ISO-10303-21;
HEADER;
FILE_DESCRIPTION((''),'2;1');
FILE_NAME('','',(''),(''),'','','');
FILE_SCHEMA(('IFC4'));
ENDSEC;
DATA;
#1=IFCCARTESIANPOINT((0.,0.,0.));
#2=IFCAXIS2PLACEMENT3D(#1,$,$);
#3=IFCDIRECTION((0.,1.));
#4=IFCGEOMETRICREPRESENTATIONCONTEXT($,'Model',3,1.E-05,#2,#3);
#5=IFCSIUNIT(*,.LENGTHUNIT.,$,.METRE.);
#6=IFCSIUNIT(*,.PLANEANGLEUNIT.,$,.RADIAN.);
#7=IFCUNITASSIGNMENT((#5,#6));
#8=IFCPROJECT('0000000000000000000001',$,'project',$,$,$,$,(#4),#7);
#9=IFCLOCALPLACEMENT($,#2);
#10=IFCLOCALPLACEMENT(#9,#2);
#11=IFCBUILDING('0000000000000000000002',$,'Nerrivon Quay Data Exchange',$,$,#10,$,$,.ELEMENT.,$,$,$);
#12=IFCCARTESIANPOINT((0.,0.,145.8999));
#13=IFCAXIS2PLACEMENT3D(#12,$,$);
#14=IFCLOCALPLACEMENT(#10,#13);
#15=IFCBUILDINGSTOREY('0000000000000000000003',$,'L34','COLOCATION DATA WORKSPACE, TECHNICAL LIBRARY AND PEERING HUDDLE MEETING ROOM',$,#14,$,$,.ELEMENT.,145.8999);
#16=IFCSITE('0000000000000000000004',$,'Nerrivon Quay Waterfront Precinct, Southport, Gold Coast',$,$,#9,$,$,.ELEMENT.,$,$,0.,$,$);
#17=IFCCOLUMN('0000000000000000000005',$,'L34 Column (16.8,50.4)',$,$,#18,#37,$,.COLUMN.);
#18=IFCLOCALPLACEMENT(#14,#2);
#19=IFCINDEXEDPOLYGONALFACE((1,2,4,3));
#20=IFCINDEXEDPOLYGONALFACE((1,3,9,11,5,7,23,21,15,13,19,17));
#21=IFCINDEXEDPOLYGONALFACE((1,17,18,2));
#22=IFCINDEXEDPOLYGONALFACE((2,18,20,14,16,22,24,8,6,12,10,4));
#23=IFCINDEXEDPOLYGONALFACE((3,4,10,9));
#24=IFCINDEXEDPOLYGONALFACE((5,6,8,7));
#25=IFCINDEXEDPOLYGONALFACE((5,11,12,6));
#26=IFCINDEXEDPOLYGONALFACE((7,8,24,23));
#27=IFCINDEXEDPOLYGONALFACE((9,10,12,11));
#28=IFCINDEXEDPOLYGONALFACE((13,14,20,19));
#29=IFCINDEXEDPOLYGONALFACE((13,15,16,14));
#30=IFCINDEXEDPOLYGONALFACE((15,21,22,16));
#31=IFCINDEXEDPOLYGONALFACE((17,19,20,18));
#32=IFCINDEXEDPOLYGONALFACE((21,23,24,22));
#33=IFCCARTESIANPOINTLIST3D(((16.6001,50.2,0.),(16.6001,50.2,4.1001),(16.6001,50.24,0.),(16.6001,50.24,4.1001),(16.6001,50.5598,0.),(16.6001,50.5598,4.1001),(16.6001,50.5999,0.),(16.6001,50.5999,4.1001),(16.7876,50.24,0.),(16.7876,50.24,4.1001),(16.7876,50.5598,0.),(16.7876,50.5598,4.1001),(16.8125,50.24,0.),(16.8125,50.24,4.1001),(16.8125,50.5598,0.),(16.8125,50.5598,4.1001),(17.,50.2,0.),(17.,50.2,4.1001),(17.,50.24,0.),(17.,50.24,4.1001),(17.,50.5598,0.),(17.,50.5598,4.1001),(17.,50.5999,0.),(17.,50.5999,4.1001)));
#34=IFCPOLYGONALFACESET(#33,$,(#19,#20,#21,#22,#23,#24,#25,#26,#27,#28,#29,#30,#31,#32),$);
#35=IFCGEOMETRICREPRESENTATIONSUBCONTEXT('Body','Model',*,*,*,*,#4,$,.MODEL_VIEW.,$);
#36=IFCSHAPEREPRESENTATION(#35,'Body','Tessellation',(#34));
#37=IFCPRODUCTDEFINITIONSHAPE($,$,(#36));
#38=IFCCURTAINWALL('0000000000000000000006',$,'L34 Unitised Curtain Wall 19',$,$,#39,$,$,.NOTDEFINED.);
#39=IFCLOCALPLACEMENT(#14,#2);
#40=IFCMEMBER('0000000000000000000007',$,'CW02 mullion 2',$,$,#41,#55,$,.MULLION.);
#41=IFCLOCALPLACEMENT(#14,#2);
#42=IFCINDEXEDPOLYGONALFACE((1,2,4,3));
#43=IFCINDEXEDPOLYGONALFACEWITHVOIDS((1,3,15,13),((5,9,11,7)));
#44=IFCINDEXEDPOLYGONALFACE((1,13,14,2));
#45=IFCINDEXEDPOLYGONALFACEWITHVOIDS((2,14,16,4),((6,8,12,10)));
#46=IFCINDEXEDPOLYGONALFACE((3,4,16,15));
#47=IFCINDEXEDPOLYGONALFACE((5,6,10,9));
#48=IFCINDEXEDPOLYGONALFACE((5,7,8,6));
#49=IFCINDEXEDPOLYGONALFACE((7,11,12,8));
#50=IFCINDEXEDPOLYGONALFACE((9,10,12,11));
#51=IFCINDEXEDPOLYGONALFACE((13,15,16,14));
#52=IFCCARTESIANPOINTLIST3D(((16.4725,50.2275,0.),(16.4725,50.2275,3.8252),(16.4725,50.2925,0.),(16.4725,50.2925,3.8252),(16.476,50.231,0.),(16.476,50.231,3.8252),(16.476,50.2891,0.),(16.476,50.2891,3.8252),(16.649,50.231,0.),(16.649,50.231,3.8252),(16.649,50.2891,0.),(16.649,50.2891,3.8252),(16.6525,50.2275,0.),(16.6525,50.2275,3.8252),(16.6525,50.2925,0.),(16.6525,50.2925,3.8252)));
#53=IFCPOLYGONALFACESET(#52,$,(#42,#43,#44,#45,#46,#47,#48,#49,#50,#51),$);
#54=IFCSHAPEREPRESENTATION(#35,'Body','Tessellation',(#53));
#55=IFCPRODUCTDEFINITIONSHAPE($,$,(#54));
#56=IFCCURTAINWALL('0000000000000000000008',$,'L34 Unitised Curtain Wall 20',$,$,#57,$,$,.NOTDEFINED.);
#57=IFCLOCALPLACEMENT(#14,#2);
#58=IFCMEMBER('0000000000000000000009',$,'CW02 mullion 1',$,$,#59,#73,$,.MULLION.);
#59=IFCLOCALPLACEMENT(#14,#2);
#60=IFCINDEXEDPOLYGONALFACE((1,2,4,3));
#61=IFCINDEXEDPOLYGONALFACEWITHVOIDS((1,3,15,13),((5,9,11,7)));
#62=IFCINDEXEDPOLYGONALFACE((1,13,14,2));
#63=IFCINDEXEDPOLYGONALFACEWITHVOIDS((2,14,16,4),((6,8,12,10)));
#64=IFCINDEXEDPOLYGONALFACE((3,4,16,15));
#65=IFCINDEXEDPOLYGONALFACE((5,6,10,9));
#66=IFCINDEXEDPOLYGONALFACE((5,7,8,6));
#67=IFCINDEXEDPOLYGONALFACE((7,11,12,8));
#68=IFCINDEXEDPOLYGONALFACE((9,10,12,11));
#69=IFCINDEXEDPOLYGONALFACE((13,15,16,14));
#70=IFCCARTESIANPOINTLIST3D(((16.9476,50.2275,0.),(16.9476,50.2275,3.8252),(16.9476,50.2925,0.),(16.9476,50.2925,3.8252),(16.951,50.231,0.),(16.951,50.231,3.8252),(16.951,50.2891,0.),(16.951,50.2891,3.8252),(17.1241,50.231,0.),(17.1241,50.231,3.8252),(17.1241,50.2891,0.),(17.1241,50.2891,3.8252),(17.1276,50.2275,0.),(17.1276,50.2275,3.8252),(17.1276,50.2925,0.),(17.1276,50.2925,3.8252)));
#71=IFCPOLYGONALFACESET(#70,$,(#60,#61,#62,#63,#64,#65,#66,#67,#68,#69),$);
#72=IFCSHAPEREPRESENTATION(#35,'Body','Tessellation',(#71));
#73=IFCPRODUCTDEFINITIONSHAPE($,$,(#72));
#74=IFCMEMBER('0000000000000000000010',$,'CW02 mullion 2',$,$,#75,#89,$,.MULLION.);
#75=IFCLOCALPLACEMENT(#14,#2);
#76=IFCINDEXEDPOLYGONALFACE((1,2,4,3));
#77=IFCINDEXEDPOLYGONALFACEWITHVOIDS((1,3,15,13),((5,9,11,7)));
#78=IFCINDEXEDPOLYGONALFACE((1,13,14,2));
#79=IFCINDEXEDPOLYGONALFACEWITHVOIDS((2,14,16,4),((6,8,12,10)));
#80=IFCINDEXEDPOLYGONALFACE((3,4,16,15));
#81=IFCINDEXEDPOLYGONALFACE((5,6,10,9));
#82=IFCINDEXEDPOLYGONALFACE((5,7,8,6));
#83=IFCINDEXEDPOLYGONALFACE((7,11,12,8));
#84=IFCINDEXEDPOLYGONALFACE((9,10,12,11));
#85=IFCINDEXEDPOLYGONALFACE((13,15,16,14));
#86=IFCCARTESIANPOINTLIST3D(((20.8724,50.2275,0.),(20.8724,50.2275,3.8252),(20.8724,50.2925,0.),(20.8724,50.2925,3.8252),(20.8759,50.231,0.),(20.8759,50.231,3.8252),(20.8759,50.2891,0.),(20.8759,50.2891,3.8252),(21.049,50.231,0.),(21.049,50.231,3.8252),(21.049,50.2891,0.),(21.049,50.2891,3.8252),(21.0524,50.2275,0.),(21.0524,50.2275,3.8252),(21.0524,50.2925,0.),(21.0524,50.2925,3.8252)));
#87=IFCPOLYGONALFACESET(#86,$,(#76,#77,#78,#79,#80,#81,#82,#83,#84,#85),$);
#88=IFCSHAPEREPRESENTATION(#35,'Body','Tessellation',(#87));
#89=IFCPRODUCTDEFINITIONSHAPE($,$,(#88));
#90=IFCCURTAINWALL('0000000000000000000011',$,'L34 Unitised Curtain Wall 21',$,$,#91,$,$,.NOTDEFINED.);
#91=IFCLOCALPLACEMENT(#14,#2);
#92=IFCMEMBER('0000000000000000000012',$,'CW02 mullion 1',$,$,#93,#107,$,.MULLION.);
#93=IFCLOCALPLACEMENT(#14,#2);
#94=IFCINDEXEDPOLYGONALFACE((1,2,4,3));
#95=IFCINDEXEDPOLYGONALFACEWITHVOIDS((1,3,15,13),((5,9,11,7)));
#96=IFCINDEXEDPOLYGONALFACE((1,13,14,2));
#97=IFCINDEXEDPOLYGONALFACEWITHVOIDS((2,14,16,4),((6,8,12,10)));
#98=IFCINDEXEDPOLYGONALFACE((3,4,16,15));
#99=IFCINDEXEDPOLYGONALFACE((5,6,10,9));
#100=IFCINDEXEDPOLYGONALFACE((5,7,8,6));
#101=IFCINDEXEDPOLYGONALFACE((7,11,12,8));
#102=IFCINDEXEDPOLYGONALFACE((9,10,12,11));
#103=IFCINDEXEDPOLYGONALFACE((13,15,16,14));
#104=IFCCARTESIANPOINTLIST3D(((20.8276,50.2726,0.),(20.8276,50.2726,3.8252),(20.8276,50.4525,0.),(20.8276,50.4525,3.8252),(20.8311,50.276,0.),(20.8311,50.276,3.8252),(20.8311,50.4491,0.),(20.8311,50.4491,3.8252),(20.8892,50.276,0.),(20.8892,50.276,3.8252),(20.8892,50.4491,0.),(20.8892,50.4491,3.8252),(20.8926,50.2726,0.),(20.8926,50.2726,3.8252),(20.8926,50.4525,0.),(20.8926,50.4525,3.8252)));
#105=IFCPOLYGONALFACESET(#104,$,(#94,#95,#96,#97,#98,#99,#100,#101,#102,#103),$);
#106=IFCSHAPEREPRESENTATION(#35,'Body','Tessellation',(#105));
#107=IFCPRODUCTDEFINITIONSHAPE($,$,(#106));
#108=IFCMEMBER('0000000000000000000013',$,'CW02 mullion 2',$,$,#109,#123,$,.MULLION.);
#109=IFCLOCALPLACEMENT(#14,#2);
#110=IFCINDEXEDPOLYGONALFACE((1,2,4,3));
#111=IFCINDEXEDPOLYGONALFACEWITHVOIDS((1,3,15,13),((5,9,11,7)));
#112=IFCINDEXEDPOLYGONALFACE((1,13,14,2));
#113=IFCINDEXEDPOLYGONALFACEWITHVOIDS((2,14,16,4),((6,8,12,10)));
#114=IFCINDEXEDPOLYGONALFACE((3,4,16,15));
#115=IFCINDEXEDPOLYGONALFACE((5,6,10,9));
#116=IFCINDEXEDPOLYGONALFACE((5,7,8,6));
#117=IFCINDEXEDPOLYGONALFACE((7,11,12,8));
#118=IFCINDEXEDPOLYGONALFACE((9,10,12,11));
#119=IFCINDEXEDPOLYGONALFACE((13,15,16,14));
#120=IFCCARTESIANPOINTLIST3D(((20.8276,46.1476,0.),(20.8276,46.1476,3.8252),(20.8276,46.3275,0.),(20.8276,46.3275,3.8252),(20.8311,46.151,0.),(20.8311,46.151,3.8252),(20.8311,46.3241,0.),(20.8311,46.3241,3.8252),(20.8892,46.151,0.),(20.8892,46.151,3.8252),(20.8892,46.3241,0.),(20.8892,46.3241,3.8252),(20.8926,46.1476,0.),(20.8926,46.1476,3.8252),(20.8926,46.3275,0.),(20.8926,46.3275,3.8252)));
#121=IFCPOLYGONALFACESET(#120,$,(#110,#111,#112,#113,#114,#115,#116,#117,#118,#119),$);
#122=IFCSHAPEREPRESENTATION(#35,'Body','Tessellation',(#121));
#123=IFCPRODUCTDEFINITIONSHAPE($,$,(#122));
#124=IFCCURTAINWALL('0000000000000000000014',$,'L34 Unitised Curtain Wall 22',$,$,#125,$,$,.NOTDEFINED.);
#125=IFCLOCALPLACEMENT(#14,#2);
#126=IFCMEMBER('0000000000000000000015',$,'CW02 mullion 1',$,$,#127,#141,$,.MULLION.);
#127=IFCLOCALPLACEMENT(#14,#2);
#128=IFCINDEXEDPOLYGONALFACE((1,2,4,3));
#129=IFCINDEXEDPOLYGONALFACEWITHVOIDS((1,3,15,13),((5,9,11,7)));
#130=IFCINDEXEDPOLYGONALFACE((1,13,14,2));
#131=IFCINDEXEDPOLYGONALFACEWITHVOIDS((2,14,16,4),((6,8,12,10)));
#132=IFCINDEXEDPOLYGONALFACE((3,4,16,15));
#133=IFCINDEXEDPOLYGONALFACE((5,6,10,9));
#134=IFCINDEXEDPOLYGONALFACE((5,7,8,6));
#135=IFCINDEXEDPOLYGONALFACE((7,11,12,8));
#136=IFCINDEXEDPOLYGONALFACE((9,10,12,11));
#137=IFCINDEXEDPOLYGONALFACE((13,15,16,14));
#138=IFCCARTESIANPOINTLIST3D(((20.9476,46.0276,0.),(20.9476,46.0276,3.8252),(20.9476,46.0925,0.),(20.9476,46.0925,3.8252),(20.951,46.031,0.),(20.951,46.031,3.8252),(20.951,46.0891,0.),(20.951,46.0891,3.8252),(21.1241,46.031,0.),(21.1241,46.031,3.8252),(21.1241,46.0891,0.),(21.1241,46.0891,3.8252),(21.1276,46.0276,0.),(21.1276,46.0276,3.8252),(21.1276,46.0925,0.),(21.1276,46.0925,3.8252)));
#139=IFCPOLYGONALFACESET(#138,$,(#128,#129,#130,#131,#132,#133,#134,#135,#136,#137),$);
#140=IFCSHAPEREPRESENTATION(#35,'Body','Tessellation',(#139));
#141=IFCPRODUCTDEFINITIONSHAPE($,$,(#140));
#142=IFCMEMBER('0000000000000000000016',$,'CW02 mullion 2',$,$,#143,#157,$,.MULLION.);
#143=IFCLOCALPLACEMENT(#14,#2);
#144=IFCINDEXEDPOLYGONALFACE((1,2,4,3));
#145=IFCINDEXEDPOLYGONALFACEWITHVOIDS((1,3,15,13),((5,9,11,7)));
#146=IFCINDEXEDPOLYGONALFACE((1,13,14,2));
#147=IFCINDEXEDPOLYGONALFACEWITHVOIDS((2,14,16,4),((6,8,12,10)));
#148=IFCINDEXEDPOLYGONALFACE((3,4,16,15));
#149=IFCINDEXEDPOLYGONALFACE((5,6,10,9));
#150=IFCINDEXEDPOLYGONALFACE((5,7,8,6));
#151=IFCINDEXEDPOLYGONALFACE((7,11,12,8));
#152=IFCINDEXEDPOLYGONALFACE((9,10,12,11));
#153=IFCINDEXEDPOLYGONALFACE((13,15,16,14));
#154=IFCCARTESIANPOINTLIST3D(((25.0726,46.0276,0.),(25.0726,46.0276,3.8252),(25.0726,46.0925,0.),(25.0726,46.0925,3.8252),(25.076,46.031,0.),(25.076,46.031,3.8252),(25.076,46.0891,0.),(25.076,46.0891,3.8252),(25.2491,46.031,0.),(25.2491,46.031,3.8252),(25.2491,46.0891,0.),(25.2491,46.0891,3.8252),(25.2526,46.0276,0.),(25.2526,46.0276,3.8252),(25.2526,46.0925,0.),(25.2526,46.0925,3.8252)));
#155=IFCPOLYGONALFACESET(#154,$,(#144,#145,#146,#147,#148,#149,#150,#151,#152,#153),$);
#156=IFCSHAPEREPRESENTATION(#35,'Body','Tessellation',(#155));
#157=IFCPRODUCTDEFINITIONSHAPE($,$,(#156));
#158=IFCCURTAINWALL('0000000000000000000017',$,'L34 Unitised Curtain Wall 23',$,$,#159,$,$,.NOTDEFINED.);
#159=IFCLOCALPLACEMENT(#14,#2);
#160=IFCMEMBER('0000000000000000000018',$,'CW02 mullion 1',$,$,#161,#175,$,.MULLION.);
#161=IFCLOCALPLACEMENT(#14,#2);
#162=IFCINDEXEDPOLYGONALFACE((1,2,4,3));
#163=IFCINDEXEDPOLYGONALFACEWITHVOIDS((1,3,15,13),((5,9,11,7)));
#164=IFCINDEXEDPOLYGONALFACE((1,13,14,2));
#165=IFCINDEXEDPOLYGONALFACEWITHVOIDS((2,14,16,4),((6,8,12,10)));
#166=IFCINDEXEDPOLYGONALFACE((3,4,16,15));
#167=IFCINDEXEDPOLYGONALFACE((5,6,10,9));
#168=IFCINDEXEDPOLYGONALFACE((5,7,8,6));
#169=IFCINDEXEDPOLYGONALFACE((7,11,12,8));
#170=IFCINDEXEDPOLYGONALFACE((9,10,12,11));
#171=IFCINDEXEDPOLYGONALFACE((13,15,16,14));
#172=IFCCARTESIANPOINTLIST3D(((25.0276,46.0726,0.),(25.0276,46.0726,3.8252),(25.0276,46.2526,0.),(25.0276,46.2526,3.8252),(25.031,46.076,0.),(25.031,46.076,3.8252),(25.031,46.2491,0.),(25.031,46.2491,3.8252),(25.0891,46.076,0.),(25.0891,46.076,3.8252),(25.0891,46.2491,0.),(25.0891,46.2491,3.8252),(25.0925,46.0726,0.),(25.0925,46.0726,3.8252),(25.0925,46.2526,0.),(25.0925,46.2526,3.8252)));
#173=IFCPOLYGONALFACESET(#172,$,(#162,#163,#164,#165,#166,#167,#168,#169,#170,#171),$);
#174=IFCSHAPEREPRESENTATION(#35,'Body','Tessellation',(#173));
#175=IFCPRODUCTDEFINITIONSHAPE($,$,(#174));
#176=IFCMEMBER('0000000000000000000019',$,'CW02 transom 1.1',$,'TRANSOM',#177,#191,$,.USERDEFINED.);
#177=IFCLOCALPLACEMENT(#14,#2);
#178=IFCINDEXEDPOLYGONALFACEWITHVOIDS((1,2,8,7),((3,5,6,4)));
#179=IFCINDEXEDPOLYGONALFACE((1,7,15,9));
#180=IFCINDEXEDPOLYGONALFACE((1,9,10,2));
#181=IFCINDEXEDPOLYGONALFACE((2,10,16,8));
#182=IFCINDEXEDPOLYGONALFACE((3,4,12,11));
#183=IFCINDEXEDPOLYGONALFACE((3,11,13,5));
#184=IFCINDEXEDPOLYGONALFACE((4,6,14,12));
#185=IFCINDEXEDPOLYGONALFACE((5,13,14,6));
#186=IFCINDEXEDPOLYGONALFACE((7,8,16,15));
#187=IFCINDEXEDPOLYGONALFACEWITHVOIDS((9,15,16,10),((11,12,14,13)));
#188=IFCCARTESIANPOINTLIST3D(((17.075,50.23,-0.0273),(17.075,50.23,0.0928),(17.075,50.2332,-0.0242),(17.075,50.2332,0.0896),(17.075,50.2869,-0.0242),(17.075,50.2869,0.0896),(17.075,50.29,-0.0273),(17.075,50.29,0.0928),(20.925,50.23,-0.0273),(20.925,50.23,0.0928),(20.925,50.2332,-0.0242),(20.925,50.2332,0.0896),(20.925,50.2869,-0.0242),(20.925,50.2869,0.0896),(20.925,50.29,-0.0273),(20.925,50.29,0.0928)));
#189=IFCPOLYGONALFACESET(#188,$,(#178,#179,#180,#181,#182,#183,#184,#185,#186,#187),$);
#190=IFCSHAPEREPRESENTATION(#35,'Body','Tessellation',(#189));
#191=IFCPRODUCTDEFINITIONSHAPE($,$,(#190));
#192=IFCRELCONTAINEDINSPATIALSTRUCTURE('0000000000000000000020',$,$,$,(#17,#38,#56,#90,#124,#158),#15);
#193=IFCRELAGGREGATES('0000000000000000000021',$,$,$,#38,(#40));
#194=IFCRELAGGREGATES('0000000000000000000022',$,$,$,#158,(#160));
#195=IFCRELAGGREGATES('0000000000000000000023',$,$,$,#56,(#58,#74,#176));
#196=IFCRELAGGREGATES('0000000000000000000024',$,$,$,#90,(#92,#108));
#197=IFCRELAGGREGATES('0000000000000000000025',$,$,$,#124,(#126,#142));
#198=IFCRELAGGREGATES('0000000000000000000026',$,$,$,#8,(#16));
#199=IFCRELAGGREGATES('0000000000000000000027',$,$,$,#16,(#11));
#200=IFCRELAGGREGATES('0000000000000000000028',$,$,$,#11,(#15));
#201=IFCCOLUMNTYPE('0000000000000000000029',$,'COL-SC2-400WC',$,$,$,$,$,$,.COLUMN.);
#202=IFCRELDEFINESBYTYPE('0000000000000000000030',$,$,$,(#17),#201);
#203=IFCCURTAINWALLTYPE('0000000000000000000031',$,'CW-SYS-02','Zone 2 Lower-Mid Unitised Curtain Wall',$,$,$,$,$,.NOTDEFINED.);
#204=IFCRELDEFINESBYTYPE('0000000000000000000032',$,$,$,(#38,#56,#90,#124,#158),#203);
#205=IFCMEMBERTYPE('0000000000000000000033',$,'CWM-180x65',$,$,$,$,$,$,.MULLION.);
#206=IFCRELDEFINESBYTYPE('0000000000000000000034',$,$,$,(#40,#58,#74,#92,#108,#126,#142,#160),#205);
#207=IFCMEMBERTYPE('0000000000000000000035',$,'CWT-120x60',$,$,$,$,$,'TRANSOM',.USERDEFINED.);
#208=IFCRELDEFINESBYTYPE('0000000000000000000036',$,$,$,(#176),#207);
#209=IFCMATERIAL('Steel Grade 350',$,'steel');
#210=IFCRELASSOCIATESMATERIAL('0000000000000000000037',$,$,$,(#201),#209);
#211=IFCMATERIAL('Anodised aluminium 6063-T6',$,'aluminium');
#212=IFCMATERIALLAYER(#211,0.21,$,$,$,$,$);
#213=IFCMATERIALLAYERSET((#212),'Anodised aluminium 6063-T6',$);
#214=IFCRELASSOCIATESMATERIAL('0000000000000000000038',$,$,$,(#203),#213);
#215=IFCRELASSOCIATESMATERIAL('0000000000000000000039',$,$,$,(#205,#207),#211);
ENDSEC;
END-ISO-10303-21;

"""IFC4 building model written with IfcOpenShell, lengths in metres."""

from ifc_helpers import new_model, si_unit, direction, frame, origin, origin_2d, place, context, subcontext, project, spatial, hollow_rectangle, i_section, extrude, material, layer, layer_set, material_profile, profile_set, type_object, element, aggregate, save


model = new_model("IFC4")

# Units and contexts
model_context = context("Model", 3, precision=1e-05, world=origin(), true_north=direction((0.0, 1.0)))
body_context = subcontext(model_context, "Body", "Model", "MODEL_VIEW")
ifc_project = project(units=[si_unit("LENGTHUNIT", "METRE"), si_unit("PLANEANGLEUNIT", "RADIAN")], contexts=[model_context])

# Site, building, storey
site_placement = place(None, origin())
site = spatial("IfcSite", under=ifc_project, at=site_placement, Name="Nerrivon Quay Waterfront Precinct, Southport, Gold Coast", CompositionType="ELEMENT", RefElevation=0.0)
building_placement = place(site_placement, origin())
building = spatial("IfcBuilding", under=site, at=building_placement, Name="Nerrivon Quay Data Exchange", CompositionType="ELEMENT")
storey_placement = place(building_placement, frame((0.0, 0.0, 145.8999)))
storey = spatial("IfcBuildingStorey", under=building, at=storey_placement, Name="L34", Description="COLOCATION DATA WORKSPACE, TECHNICAL LIBRARY AND PEERING HUDDLE MEETING ROOM", CompositionType="ELEMENT", Elevation=145.8999)

# Column
ifc_material_1 = material(Name="Steel Grade 350", Category="steel")
ifc_material_profile_1 = material_profile(ifc_material_1, i_section(OverallWidth=0.3999, OverallDepth=0.3999, WebThickness=0.0249, FlangeThickness=0.04, at=origin_2d()), Name="400WC328")
ifc_profile_set_1 = profile_set([ifc_material_profile_1], Name="Steel Grade 350")
column_type = type_object("IfcColumnType", Name="COL-SC2-400WC", PredefinedType="COLUMN", material=ifc_profile_set_1)
column_placement = place(storey_placement, frame((16.8, 50.3999, 0.0), z_axis=(0.0, 0.0, 1.0), x_axis=(1.0, 0.0, 0.0)))
element("IfcColumn", 1, at=column_placement, inside=storey, type_object=column_type, Name="L34 Column (16.8,50.4)", PredefinedType="COLUMN", context=body_context, shape_type="SweptSolid", body=[
    extrude(i_section(OverallWidth=0.3999, OverallDepth=0.3999, WebThickness=0.0249, FlangeThickness=0.04, at=origin_2d()), origin(), (0.0, 0.0, 1.0), 4.1001),
])

# Curtain wall, member
ifc_material_2 = material(Name="Anodised aluminium 6063-T6", Category="aluminium")
ifc_layer_1 = layer(ifc_material_2, 0.21)
ifc_layer_set_1 = layer_set([ifc_layer_1], Name="Anodised aluminium 6063-T6")
curtain_wall_type = type_object("IfcCurtainWallType", Name="CW-SYS-02", Description="Zone 2 Lower-Mid Unitised Curtain Wall", PredefinedType="NOTDEFINED", material=ifc_layer_set_1)
curtain_wall_1_placement = place(storey_placement, origin())
curtain_wall_1 = element("IfcCurtainWall", 2, at=curtain_wall_1_placement, inside=storey, type_object=curtain_wall_type, Name="L34 Unitised Curtain Wall 19", PredefinedType="NOTDEFINED")
ifc_material_profile_2 = material_profile(ifc_material_2, hollow_rectangle(XDim=0.0649, YDim=0.1799, WallThickness=0.0034, at=origin_2d()), Name="ALU-MULL-180x65")
ifc_profile_set_2 = profile_set([ifc_material_profile_2], Name="Anodised aluminium 6063-T6")
member_type_1 = type_object("IfcMemberType", Name="CWM-180x65", PredefinedType="MULLION", material=ifc_profile_set_2)
member_1_placement = place(storey_placement, frame((16.5625, 50.26, 0.0), z_axis=(0.0, 0.0, 1.0), x_axis=(0.0, 1.0, 0.0)))
member_1 = element("IfcMember", 3, at=member_1_placement, type_object=member_type_1, Name="CW02 mullion 2", PredefinedType="MULLION", context=body_context, shape_type="SweptSolid", body=[
    extrude(hollow_rectangle(XDim=0.0649, YDim=0.1799, WallThickness=0.0034, at=origin_2d()), origin(), (0.0, 0.0, 1.0), 3.8252),
])
aggregate(curtain_wall_1, [member_1])

# Curtain walls, members
curtain_wall_2_placement = place(storey_placement, origin())
curtain_wall_2 = element("IfcCurtainWall", 4, at=curtain_wall_2_placement, inside=storey, type_object=curtain_wall_type, Name="L34 Unitised Curtain Wall 20", PredefinedType="NOTDEFINED")
member_2_placement = place(storey_placement, frame((17.0376, 50.26, 0.0), z_axis=(0.0, 0.0, 1.0), x_axis=(0.0, 1.0, 0.0)))
member_2 = element("IfcMember", 5, at=member_2_placement, type_object=member_type_1, Name="CW02 mullion 1", PredefinedType="MULLION", context=body_context, shape_type="SweptSolid", body=[
    extrude(hollow_rectangle(XDim=0.0649, YDim=0.1799, WallThickness=0.0034, at=origin_2d()), origin(), (0.0, 0.0, 1.0), 3.8252),
])
member_3_placement = place(storey_placement, frame((20.9624, 50.26, 0.0), z_axis=(0.0, 0.0, 1.0), x_axis=(0.0, 1.0, 0.0)))
member_3 = element("IfcMember", 6, at=member_3_placement, type_object=member_type_1, Name="CW02 mullion 2", PredefinedType="MULLION", context=body_context, shape_type="SweptSolid", body=[
    extrude(hollow_rectangle(XDim=0.0649, YDim=0.1799, WallThickness=0.0034, at=origin_2d()), origin(), (0.0, 0.0, 1.0), 3.8252),
])
curtain_wall_3_placement = place(storey_placement, origin())
curtain_wall_3 = element("IfcCurtainWall", 7, at=curtain_wall_3_placement, inside=storey, type_object=curtain_wall_type, Name="L34 Unitised Curtain Wall 21", PredefinedType="NOTDEFINED")
member_4_placement = place(storey_placement, frame((20.8601, 50.3625, 0.0), z_axis=(0.0, 0.0, 1.0), x_axis=(1.0, 0.0, 0.0)))
member_4 = element("IfcMember", 8, at=member_4_placement, type_object=member_type_1, Name="CW02 mullion 1", PredefinedType="MULLION", context=body_context, shape_type="SweptSolid", body=[
    extrude(hollow_rectangle(XDim=0.0649, YDim=0.1799, WallThickness=0.0034, at=origin_2d()), origin(), (0.0, 0.0, 1.0), 3.8252),
])
member_5_placement = place(storey_placement, frame((20.8601, 46.2375, 0.0), z_axis=(0.0, 0.0, 1.0), x_axis=(1.0, 0.0, 0.0)))
member_5 = element("IfcMember", 9, at=member_5_placement, type_object=member_type_1, Name="CW02 mullion 2", PredefinedType="MULLION", context=body_context, shape_type="SweptSolid", body=[
    extrude(hollow_rectangle(XDim=0.0649, YDim=0.1799, WallThickness=0.0034, at=origin_2d()), origin(), (0.0, 0.0, 1.0), 3.8252),
])
curtain_wall_4_placement = place(storey_placement, origin())
curtain_wall_4 = element("IfcCurtainWall", 10, at=curtain_wall_4_placement, inside=storey, type_object=curtain_wall_type, Name="L34 Unitised Curtain Wall 22", PredefinedType="NOTDEFINED")
member_6_placement = place(storey_placement, frame((21.0376, 46.0601, 0.0), z_axis=(0.0, 0.0, 1.0), x_axis=(0.0, 1.0, 0.0)))
member_6 = element("IfcMember", 11, at=member_6_placement, type_object=member_type_1, Name="CW02 mullion 1", PredefinedType="MULLION", context=body_context, shape_type="SweptSolid", body=[
    extrude(hollow_rectangle(XDim=0.0649, YDim=0.1799, WallThickness=0.0034, at=origin_2d()), origin(), (0.0, 0.0, 1.0), 3.8252),
])
member_7_placement = place(storey_placement, frame((25.1626, 46.0601, 0.0), z_axis=(0.0, 0.0, 1.0), x_axis=(0.0, 1.0, 0.0)))
member_7 = element("IfcMember", 12, at=member_7_placement, type_object=member_type_1, Name="CW02 mullion 2", PredefinedType="MULLION", context=body_context, shape_type="SweptSolid", body=[
    extrude(hollow_rectangle(XDim=0.0649, YDim=0.1799, WallThickness=0.0034, at=origin_2d()), origin(), (0.0, 0.0, 1.0), 3.8252),
])

# Curtain wall, member
curtain_wall_5_placement = place(storey_placement, origin())
curtain_wall_5 = element("IfcCurtainWall", 13, at=curtain_wall_5_placement, inside=storey, type_object=curtain_wall_type, Name="L34 Unitised Curtain Wall 23", PredefinedType="NOTDEFINED")
member_8_placement = place(storey_placement, frame((25.0601, 46.1626, 0.0), z_axis=(0.0, 0.0, 1.0), x_axis=(1.0, 0.0, 0.0)))
member_8 = element("IfcMember", 14, at=member_8_placement, type_object=member_type_1, Name="CW02 mullion 1", PredefinedType="MULLION", context=body_context, shape_type="SweptSolid", body=[
    extrude(hollow_rectangle(XDim=0.0649, YDim=0.1799, WallThickness=0.0034, at=origin_2d()), origin(), (0.0, 0.0, 1.0), 3.8252),
])

# Member
ifc_material_profile_3 = material_profile(ifc_material_2, hollow_rectangle(XDim=0.0601, YDim=0.1201, WallThickness=0.0032, at=origin_2d()), Name="ALU-TRAN-120x60")
ifc_profile_set_3 = profile_set([ifc_material_profile_3], Name="Anodised aluminium 6063-T6")
member_type_2 = type_object("IfcMemberType", Name="CWT-120x60", ElementType="TRANSOM", PredefinedType="USERDEFINED", material=ifc_profile_set_3)
member_9_placement = place(storey_placement, frame((17.075, 50.26, 0.0327), z_axis=(1.0, 0.0, 0.0), x_axis=(0.0, 1.0, 0.0)))
member_9 = element("IfcMember", 15, at=member_9_placement, type_object=member_type_2, Name="CW02 transom 1.1", ObjectType="TRANSOM", PredefinedType="USERDEFINED", context=body_context, shape_type="SweptSolid", body=[
    extrude(hollow_rectangle(XDim=0.0601, YDim=0.1201, WallThickness=0.0032, at=origin_2d()), origin(), (0.0, 0.0, 1.0), 3.8501),
])
aggregate(curtain_wall_5, [member_8])

aggregate(curtain_wall_2, [member_2, member_3, member_9])
aggregate(curtain_wall_3, [member_4, member_5])
aggregate(curtain_wall_4, [member_6, member_7])

save(model, "model.ifc")
